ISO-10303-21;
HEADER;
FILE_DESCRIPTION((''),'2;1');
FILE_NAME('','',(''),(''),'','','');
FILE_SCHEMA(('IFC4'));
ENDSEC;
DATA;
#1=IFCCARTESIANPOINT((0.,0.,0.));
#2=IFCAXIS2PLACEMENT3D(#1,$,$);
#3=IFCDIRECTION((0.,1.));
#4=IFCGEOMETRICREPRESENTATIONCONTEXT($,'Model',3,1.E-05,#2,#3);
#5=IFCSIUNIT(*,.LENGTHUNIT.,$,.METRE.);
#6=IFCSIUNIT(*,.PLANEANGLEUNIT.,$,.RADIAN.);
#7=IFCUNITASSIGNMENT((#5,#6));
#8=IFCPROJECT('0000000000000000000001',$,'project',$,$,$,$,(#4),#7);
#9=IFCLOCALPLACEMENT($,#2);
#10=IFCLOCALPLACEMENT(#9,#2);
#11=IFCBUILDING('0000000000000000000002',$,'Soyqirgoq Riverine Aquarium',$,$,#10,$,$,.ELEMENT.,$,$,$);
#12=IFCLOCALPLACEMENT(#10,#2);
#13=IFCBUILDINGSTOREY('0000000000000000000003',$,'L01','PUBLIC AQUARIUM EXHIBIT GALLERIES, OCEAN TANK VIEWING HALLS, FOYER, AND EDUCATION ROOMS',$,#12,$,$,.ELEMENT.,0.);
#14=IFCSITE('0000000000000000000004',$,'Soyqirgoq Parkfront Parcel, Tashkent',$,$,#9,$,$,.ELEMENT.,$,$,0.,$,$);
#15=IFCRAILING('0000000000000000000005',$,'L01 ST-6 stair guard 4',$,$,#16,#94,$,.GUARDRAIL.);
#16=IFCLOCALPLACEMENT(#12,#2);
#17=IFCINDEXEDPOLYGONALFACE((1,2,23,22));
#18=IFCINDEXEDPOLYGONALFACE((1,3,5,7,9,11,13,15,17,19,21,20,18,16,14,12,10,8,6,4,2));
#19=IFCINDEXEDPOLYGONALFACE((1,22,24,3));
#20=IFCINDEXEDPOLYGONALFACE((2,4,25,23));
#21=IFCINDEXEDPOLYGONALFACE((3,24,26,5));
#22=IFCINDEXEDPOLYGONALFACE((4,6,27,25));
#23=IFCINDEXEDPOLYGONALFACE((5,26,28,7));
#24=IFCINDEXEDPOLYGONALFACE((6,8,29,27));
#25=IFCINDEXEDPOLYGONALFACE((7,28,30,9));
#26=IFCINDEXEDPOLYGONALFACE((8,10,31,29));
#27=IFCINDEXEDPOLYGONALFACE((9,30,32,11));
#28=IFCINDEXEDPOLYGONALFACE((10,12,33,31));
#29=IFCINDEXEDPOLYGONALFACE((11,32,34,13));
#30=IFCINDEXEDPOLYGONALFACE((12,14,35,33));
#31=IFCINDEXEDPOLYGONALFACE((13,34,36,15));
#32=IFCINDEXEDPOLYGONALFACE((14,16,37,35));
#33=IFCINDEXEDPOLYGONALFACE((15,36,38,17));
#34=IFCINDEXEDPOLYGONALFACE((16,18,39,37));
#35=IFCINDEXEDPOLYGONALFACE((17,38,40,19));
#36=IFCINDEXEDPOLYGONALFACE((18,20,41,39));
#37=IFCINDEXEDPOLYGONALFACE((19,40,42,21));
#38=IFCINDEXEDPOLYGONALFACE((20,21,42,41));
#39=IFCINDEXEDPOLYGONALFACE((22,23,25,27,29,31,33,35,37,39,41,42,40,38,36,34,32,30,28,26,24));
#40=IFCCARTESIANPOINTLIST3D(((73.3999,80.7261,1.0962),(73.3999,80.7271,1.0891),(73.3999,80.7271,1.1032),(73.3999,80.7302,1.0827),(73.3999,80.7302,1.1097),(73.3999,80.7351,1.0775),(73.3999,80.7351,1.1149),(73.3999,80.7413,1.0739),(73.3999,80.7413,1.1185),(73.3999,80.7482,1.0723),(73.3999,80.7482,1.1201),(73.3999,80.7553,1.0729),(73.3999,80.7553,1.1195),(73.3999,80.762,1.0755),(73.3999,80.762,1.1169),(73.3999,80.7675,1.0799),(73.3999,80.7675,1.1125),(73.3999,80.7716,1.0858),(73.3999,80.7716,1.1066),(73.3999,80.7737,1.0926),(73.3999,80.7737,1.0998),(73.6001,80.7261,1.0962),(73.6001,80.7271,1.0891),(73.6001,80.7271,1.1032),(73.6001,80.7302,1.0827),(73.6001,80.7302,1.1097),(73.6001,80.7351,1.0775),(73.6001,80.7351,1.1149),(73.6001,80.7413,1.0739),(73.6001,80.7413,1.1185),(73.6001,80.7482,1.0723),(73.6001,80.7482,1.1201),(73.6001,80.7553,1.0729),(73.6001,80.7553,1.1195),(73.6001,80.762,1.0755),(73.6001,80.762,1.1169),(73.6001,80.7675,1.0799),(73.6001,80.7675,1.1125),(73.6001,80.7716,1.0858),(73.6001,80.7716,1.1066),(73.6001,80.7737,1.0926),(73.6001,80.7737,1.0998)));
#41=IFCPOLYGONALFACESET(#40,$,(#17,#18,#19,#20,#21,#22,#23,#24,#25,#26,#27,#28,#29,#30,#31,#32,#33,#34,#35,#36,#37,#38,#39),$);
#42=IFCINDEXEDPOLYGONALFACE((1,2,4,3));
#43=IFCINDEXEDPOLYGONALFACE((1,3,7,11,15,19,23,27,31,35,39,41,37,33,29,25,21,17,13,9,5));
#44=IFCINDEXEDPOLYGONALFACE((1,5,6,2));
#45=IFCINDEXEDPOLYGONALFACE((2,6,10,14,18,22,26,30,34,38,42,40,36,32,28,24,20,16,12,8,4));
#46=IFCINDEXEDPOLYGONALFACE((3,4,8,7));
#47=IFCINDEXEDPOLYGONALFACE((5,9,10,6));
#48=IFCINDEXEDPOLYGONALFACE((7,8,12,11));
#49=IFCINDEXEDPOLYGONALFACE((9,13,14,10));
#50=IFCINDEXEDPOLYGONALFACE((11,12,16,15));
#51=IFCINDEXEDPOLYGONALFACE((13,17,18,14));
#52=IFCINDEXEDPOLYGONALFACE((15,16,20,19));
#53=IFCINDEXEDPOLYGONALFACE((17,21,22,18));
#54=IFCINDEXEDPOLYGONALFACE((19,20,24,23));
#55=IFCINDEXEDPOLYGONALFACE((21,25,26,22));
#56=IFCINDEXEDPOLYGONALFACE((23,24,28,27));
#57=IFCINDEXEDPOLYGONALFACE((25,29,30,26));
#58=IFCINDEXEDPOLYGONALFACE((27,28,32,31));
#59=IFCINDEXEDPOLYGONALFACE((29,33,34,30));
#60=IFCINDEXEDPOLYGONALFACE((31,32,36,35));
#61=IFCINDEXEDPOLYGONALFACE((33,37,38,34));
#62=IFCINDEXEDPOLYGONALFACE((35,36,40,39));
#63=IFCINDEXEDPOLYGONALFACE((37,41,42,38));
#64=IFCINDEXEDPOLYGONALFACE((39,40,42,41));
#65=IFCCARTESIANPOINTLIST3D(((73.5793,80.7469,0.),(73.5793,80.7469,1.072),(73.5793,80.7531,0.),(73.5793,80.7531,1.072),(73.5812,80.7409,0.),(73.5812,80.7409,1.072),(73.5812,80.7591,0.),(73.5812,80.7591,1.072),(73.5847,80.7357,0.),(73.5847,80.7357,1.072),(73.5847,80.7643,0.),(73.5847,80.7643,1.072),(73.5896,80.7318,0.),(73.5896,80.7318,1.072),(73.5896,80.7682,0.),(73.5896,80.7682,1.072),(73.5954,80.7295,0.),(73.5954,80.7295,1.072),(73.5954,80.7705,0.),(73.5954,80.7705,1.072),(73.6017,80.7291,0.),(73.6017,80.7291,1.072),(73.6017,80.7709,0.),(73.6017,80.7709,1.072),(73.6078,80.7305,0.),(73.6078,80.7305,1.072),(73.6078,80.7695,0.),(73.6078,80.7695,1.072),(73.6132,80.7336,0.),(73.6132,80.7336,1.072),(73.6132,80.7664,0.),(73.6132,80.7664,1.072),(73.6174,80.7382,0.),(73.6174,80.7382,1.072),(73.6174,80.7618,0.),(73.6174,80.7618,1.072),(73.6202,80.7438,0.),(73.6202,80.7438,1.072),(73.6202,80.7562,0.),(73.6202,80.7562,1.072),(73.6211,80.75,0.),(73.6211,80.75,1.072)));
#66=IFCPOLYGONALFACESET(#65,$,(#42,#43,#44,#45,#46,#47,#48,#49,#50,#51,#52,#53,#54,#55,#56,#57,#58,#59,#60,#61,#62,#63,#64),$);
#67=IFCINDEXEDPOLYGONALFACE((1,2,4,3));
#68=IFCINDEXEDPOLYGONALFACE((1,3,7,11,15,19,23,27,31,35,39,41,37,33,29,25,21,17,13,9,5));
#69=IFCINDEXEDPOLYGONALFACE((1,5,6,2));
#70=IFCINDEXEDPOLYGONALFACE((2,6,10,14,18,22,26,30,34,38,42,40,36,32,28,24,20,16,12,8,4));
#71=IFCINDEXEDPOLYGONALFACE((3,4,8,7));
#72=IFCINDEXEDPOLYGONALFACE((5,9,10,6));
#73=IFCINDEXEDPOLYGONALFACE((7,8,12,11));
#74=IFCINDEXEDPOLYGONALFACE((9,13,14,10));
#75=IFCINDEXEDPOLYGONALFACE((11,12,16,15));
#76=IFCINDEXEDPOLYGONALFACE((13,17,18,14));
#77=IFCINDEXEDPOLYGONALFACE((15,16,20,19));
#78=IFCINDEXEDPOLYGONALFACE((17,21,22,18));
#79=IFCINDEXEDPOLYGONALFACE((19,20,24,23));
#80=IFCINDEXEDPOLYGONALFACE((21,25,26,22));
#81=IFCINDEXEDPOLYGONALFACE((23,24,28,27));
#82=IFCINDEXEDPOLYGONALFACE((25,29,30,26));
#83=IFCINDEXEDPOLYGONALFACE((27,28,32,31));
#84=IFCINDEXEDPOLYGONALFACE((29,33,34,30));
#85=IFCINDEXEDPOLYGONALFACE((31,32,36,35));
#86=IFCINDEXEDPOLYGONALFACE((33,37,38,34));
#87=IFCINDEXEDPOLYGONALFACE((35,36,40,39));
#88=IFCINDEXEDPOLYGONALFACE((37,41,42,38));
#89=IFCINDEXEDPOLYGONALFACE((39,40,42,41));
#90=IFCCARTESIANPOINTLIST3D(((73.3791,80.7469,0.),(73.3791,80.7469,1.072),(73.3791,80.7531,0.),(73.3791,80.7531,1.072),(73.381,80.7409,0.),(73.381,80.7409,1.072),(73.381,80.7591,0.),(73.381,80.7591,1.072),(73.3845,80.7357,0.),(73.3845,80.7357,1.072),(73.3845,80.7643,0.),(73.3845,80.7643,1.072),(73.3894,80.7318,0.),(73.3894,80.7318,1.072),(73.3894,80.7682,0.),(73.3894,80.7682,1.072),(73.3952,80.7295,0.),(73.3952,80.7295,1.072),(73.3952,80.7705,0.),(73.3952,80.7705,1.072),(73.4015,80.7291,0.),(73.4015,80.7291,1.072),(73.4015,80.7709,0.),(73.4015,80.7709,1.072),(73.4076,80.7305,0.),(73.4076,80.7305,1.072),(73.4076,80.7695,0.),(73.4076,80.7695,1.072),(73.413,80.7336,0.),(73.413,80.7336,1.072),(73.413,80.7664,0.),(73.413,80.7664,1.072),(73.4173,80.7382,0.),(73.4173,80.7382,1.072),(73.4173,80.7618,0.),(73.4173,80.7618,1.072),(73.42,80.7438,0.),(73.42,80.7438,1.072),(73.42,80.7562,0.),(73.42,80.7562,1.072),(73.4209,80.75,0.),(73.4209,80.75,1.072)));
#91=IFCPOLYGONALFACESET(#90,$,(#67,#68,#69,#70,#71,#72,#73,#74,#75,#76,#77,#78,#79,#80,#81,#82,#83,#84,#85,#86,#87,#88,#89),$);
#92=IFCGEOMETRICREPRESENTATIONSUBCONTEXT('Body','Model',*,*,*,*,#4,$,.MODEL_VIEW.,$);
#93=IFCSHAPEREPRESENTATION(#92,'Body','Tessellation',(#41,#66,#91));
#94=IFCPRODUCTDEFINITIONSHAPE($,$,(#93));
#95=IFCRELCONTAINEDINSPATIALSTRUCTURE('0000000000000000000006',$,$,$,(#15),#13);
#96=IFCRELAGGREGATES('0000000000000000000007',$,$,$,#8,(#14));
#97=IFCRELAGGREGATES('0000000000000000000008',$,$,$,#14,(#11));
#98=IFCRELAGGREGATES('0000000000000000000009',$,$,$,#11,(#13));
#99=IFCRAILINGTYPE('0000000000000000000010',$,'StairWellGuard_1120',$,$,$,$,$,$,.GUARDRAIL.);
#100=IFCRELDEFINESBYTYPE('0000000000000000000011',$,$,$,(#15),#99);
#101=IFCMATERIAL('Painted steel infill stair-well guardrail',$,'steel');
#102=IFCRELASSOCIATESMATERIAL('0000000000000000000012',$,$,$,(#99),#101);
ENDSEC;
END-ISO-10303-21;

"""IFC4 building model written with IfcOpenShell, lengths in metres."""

from ifc_helpers import new_model, si_unit, direction, frame, origin, origin_2d, place, context, subcontext, project, spatial, circle, extrude, material, type_object, element, save


model = new_model("IFC4")

# Units and contexts
model_context = context("Model", 3, precision=1e-05, world=origin(), true_north=direction((0.0, 1.0)))
body_context = subcontext(model_context, "Body", "Model", "MODEL_VIEW")
ifc_project = project(units=[si_unit("LENGTHUNIT", "METRE"), si_unit("PLANEANGLEUNIT", "RADIAN")], contexts=[model_context])

# Site, building, storey
site_placement = place(None, origin())
site = spatial("IfcSite", under=ifc_project, at=site_placement, Name="Soyqirgoq Parkfront Parcel, Tashkent", CompositionType="ELEMENT", RefElevation=0.0)
building_placement = place(site_placement, origin())
building = spatial("IfcBuilding", under=site, at=building_placement, Name="Soyqirgoq Riverine Aquarium", CompositionType="ELEMENT")
storey_placement = place(building_placement, origin())
storey = spatial("IfcBuildingStorey", under=building, at=storey_placement, Name="L01", Description="PUBLIC AQUARIUM EXHIBIT GALLERIES, OCEAN TANK VIEWING HALLS, FOYER, AND EDUCATION ROOMS", CompositionType="ELEMENT", Elevation=0.0)

# Railing
ifc_material_1 = material(Name="Painted steel infill stair-well guardrail", Category="steel")
railing_type_1 = type_object("IfcRailingType", Name="StairWellGuard_1120", PredefinedType="GUARDRAIL", material=ifc_material_1)
railing_1_placement = place(storey_placement, frame((73.6001, 80.75, 0.0)))
element("IfcRailing", 1, at=railing_1_placement, inside=storey, type_object=railing_type_1, Name="L01 ST-6 stair guard 4", PredefinedType="GUARDRAIL", context=body_context, shape_type="SweptSolid", body=[
    extrude(circle(Radius=0.0239, at=origin_2d()), frame((0.0, 0.0, 1.0962), z_axis=(-1.0, 0.0, 0.0), x_axis=(0.0, -1.0, 0.0)), (0.0, 0.0, 1.0), 0.2002),
    extrude(circle(Radius=0.021, at=origin_2d()), origin(), (0.0, 0.0, 1.0), 1.072),
    extrude(circle(Radius=0.021, at=origin_2d()), frame((-0.2002, 0.0, 0.0)), (0.0, 0.0, 1.0), 1.072),
])

save(model, "model.ifc")
